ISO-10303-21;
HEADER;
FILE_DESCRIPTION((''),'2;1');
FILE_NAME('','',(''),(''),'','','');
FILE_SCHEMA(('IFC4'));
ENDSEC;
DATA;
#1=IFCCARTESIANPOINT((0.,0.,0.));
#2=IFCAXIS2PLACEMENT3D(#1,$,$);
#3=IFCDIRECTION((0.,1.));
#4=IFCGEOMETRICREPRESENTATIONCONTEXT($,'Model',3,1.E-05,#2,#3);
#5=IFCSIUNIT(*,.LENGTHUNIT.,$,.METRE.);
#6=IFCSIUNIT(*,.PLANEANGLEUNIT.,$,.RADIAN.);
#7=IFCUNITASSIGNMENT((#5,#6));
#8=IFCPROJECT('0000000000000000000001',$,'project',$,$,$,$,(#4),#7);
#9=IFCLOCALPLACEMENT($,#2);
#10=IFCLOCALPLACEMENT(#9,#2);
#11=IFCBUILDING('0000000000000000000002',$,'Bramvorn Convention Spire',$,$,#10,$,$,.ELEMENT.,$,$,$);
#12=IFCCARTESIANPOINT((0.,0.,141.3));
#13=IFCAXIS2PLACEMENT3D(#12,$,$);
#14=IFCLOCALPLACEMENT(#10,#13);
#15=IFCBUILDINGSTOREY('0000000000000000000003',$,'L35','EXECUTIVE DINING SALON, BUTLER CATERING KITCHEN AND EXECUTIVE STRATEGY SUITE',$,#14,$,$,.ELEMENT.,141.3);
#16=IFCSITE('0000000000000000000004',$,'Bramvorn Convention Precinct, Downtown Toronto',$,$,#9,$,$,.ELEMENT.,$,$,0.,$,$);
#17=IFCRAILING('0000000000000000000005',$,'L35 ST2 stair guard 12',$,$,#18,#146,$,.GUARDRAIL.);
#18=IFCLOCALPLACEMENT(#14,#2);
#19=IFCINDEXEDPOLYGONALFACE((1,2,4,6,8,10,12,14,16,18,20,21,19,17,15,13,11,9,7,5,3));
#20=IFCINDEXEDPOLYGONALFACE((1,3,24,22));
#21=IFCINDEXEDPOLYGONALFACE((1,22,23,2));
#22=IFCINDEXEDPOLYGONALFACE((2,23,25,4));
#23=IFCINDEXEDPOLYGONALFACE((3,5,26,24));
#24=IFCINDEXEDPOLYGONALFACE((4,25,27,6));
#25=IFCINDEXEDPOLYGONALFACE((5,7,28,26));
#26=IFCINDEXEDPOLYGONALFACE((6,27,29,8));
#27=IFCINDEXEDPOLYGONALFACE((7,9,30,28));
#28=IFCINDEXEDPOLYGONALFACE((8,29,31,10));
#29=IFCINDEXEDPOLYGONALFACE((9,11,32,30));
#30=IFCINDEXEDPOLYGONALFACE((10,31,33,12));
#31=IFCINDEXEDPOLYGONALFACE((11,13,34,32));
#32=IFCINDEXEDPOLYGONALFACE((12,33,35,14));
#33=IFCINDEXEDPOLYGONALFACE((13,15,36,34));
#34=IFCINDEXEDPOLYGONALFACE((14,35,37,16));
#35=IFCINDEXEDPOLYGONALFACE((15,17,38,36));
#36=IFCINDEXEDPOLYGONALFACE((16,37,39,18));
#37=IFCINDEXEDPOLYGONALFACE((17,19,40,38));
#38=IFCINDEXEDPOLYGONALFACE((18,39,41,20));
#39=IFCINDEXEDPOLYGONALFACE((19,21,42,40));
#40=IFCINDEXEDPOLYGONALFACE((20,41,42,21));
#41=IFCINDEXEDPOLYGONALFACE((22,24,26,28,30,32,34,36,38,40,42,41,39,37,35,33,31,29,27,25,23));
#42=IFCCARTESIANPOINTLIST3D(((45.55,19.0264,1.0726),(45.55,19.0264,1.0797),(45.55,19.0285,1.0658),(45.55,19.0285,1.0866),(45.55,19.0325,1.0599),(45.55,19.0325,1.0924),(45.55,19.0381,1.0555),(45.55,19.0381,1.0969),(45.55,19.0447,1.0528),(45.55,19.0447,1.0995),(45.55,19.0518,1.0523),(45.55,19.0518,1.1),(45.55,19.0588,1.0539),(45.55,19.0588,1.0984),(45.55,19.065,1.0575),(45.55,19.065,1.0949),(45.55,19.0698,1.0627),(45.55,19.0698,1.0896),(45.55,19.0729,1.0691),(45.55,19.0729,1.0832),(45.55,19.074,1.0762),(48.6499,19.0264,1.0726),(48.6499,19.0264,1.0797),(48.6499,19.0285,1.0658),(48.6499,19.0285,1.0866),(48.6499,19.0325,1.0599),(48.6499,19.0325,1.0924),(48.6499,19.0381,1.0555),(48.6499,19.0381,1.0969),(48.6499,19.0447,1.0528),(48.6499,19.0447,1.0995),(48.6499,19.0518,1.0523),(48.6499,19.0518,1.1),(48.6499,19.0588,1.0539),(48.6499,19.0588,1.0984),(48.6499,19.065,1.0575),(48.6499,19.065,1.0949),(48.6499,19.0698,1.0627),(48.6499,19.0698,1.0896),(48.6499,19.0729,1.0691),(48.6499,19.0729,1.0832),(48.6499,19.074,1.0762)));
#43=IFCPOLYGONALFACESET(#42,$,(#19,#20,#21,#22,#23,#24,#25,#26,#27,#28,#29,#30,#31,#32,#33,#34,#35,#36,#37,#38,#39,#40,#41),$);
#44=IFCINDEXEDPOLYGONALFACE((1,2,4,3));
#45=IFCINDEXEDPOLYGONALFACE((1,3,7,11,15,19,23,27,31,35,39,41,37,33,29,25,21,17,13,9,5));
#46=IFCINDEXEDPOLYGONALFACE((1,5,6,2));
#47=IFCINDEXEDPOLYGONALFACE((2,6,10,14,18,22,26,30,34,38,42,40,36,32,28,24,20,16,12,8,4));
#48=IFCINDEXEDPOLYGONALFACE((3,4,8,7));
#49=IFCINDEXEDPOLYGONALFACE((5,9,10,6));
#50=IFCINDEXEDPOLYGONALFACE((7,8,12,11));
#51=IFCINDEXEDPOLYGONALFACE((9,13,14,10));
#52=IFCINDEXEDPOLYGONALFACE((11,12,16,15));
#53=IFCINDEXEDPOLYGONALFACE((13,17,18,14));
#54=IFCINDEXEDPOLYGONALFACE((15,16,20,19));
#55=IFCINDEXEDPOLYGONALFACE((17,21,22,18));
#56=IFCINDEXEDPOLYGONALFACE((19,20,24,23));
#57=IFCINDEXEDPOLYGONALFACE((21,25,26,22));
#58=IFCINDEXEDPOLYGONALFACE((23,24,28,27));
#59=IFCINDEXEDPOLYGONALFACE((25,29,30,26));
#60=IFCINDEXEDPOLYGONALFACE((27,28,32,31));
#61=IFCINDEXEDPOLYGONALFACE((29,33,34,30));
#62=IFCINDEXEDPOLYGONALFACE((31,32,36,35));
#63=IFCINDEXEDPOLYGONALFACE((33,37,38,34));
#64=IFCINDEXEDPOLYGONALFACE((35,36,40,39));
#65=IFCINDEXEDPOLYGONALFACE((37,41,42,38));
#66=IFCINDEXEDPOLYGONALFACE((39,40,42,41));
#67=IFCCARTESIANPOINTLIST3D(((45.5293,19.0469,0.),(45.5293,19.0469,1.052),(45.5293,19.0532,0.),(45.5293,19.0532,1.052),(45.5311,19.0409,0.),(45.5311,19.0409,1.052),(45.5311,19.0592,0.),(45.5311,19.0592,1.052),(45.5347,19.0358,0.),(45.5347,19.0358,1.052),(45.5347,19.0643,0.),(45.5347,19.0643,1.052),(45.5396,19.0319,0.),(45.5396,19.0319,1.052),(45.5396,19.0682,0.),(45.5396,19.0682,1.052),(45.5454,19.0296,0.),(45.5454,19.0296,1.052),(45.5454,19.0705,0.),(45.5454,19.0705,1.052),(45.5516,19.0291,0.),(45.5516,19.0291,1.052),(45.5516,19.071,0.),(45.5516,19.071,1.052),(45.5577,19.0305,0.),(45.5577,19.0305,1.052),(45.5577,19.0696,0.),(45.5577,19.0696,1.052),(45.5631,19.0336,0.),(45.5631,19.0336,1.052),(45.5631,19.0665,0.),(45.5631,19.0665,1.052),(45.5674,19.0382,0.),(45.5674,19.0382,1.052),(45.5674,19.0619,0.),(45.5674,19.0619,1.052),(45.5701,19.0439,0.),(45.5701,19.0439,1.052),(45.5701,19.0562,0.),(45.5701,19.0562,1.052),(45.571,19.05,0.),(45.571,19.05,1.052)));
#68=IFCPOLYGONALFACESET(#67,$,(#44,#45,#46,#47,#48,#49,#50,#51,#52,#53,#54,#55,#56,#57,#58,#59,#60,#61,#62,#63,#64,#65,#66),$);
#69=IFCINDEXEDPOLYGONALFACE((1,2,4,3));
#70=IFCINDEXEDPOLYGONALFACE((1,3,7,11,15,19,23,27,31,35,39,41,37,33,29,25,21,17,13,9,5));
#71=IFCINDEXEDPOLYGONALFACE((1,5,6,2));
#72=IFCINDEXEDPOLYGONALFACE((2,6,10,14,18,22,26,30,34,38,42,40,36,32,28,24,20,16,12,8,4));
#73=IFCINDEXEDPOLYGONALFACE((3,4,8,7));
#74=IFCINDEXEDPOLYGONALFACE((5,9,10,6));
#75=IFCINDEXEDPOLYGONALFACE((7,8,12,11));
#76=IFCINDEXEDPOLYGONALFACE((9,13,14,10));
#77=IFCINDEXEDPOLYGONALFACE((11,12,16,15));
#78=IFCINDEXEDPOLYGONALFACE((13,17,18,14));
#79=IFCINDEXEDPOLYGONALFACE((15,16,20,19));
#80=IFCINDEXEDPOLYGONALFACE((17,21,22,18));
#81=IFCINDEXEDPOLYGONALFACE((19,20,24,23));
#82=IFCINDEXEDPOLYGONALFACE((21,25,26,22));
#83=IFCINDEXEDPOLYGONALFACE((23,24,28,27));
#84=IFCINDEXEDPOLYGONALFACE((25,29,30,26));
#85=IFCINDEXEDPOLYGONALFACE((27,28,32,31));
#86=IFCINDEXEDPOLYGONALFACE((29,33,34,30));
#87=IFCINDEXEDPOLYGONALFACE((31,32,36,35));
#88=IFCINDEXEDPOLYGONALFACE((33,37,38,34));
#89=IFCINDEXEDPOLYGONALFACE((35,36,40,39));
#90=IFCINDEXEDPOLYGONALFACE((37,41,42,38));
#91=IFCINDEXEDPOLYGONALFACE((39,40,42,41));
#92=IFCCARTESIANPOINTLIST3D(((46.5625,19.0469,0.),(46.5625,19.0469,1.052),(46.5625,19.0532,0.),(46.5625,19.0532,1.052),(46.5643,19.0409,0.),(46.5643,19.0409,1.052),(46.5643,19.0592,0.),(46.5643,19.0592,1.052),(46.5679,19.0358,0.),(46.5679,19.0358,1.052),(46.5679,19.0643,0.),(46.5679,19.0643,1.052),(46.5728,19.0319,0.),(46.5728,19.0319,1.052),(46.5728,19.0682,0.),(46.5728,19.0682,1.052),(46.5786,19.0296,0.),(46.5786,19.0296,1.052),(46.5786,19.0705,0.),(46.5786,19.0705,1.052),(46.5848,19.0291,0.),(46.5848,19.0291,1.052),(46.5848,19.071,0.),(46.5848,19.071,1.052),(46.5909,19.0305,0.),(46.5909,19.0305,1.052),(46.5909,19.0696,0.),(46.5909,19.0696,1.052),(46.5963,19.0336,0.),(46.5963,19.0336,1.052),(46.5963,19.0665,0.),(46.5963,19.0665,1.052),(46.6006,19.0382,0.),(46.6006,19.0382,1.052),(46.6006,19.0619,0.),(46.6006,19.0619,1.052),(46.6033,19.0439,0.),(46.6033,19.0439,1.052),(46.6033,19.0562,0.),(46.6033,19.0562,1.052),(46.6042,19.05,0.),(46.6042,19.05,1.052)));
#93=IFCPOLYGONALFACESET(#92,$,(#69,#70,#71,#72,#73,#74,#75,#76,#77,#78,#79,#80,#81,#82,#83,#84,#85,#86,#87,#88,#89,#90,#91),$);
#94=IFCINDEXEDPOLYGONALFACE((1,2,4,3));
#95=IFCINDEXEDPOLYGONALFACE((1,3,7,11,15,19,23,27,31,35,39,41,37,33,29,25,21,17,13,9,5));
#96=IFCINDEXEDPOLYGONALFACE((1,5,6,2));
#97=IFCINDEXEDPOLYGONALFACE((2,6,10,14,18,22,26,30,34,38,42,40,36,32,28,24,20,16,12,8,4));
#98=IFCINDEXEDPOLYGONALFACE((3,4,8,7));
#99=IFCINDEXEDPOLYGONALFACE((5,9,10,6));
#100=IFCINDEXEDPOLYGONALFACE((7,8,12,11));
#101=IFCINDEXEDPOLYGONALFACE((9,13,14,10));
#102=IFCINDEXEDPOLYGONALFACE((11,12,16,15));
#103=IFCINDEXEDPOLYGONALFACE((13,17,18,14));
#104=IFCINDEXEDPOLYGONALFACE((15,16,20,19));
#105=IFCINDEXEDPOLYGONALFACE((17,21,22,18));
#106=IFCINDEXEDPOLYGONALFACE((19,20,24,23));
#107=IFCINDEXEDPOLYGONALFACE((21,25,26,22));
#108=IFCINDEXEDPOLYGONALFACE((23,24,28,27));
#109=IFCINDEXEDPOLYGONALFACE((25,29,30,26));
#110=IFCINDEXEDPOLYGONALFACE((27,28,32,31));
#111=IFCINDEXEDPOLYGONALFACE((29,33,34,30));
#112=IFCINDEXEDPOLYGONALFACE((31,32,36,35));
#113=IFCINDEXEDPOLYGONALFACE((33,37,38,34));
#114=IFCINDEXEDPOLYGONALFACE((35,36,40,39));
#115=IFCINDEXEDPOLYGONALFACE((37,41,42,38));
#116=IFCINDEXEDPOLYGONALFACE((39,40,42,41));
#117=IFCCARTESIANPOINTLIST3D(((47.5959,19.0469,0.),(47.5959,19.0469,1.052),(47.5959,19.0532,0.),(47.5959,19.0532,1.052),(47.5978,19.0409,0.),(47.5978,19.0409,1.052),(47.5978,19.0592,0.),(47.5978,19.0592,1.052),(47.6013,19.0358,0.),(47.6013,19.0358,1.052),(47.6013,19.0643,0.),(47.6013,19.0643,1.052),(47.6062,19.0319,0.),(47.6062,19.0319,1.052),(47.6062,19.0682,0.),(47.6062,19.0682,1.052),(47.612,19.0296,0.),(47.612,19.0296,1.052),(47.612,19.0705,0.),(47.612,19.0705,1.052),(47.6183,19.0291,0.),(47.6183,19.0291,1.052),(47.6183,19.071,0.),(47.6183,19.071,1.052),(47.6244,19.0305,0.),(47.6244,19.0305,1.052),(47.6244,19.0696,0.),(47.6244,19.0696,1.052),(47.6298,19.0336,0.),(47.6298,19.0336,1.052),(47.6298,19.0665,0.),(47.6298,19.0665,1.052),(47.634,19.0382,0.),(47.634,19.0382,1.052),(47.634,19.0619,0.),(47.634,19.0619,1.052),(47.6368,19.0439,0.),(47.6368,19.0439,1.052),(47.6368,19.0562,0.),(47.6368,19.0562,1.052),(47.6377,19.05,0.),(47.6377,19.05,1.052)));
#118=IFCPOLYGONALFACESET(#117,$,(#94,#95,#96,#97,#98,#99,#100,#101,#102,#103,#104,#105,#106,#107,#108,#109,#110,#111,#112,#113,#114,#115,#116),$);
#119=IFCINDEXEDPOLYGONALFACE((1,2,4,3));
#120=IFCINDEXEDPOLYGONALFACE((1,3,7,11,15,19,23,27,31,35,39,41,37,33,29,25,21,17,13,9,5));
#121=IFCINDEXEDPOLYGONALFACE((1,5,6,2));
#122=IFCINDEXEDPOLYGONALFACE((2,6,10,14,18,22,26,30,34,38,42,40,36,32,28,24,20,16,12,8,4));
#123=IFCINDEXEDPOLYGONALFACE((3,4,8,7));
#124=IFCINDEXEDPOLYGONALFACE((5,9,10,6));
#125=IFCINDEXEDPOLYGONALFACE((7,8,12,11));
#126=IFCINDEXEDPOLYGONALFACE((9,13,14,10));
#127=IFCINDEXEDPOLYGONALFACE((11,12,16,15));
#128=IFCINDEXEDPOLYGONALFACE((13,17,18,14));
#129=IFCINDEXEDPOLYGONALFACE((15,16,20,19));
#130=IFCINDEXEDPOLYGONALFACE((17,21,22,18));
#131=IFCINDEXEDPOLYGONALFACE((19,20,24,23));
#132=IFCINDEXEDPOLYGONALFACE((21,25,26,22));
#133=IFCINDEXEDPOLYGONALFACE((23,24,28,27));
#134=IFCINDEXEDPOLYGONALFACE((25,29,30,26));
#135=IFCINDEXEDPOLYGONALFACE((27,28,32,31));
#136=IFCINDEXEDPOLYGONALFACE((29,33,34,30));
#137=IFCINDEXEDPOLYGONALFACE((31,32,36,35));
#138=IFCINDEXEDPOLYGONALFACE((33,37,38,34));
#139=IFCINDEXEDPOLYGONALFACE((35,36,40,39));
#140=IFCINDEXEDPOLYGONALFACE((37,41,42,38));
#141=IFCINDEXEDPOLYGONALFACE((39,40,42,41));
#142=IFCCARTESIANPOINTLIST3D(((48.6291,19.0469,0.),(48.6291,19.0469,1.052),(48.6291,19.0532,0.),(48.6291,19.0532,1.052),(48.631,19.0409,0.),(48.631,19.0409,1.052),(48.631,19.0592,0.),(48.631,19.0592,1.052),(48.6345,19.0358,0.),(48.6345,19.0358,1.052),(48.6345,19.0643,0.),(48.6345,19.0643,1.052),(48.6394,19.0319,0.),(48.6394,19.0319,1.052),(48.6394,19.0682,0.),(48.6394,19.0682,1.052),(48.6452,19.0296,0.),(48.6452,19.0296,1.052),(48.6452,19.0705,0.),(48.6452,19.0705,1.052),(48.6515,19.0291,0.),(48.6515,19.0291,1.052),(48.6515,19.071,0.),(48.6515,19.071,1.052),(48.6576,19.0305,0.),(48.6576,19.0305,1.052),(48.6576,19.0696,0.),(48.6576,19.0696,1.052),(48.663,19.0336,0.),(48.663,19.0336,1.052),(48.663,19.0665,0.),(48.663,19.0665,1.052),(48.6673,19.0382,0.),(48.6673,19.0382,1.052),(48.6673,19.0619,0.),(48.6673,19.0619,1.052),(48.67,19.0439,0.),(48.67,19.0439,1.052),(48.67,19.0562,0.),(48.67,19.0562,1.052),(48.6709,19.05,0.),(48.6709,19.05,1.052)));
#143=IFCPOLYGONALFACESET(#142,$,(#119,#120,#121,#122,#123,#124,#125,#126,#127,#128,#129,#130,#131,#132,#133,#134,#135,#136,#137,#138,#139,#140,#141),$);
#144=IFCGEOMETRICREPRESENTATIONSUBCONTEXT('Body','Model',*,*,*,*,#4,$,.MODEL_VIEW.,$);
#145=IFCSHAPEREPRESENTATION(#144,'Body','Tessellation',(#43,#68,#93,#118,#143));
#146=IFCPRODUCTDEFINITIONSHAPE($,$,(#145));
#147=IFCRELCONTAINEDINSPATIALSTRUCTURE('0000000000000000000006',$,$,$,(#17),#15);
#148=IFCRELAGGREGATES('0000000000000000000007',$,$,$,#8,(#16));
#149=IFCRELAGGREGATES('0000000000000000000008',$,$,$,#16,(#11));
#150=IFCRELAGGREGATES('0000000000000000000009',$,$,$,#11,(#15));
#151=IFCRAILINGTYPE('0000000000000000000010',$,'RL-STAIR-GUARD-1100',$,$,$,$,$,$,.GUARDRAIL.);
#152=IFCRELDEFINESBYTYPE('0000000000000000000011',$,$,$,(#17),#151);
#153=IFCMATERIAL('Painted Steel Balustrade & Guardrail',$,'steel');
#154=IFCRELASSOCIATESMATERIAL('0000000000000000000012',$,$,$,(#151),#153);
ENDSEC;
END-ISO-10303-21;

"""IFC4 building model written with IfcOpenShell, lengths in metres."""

from ifc_helpers import new_model, si_unit, direction, frame, origin, origin_2d, place, context, subcontext, project, spatial, circle, extrude, material, type_object, element, save


model = new_model("IFC4")

# Units and contexts
model_context = context("Model", 3, precision=1e-05, world=origin(), true_north=direction((0.0, 1.0)))
body_context = subcontext(model_context, "Body", "Model", "MODEL_VIEW")
ifc_project = project(units=[si_unit("LENGTHUNIT", "METRE"), si_unit("PLANEANGLEUNIT", "RADIAN")], contexts=[model_context])

# Site, building, storey
site_placement = place(None, origin())
site = spatial("IfcSite", under=ifc_project, at=site_placement, Name="Bramvorn Convention Precinct, Downtown Toronto", CompositionType="ELEMENT", RefElevation=0.0)
building_placement = place(site_placement, origin())
building = spatial("IfcBuilding", under=site, at=building_placement, Name="Bramvorn Convention Spire", CompositionType="ELEMENT")
storey_placement = place(building_placement, frame((0.0, 0.0, 141.3)))
storey = spatial("IfcBuildingStorey", under=building, at=storey_placement, Name="L35", Description="EXECUTIVE DINING SALON, BUTLER CATERING KITCHEN AND EXECUTIVE STRATEGY SUITE", CompositionType="ELEMENT", Elevation=141.3)

# Railing
ifc_material_1 = material(Name="Painted Steel Balustrade & Guardrail", Category="steel")
railing_type = type_object("IfcRailingType", Name="RL-STAIR-GUARD-1100", PredefinedType="GUARDRAIL", material=ifc_material_1)
railing_1_placement = place(storey_placement, frame((45.55, 19.05, 0.0)))
element("IfcRailing", 1, at=railing_1_placement, inside=storey, type_object=railing_type, Name="L35 ST2 stair guard 12", PredefinedType="GUARDRAIL", context=body_context, shape_type="SweptSolid", body=[
    extrude(circle(Radius=0.0239, at=origin_2d()), frame((0.0, 0.0, 1.0762), z_axis=(1.0, 0.0, 0.0), x_axis=(0.0, 1.0, 0.0)), (0.0, 0.0, 1.0), 3.0999),
    extrude(circle(Radius=0.021, at=origin_2d()), origin(), (0.0, 0.0, 1.0), 1.052),
    extrude(circle(Radius=0.021, at=origin_2d()), frame((1.0332, 0.0, 0.0)), (0.0, 0.0, 1.0), 1.052),
    extrude(circle(Radius=0.021, at=origin_2d()), frame((2.0667, 0.0, 0.0)), (0.0, 0.0, 1.0), 1.052),
    extrude(circle(Radius=0.021, at=origin_2d()), frame((3.0999, 0.0, 0.0)), (0.0, 0.0, 1.0), 1.052),
])

save(model, "model.ifc")
